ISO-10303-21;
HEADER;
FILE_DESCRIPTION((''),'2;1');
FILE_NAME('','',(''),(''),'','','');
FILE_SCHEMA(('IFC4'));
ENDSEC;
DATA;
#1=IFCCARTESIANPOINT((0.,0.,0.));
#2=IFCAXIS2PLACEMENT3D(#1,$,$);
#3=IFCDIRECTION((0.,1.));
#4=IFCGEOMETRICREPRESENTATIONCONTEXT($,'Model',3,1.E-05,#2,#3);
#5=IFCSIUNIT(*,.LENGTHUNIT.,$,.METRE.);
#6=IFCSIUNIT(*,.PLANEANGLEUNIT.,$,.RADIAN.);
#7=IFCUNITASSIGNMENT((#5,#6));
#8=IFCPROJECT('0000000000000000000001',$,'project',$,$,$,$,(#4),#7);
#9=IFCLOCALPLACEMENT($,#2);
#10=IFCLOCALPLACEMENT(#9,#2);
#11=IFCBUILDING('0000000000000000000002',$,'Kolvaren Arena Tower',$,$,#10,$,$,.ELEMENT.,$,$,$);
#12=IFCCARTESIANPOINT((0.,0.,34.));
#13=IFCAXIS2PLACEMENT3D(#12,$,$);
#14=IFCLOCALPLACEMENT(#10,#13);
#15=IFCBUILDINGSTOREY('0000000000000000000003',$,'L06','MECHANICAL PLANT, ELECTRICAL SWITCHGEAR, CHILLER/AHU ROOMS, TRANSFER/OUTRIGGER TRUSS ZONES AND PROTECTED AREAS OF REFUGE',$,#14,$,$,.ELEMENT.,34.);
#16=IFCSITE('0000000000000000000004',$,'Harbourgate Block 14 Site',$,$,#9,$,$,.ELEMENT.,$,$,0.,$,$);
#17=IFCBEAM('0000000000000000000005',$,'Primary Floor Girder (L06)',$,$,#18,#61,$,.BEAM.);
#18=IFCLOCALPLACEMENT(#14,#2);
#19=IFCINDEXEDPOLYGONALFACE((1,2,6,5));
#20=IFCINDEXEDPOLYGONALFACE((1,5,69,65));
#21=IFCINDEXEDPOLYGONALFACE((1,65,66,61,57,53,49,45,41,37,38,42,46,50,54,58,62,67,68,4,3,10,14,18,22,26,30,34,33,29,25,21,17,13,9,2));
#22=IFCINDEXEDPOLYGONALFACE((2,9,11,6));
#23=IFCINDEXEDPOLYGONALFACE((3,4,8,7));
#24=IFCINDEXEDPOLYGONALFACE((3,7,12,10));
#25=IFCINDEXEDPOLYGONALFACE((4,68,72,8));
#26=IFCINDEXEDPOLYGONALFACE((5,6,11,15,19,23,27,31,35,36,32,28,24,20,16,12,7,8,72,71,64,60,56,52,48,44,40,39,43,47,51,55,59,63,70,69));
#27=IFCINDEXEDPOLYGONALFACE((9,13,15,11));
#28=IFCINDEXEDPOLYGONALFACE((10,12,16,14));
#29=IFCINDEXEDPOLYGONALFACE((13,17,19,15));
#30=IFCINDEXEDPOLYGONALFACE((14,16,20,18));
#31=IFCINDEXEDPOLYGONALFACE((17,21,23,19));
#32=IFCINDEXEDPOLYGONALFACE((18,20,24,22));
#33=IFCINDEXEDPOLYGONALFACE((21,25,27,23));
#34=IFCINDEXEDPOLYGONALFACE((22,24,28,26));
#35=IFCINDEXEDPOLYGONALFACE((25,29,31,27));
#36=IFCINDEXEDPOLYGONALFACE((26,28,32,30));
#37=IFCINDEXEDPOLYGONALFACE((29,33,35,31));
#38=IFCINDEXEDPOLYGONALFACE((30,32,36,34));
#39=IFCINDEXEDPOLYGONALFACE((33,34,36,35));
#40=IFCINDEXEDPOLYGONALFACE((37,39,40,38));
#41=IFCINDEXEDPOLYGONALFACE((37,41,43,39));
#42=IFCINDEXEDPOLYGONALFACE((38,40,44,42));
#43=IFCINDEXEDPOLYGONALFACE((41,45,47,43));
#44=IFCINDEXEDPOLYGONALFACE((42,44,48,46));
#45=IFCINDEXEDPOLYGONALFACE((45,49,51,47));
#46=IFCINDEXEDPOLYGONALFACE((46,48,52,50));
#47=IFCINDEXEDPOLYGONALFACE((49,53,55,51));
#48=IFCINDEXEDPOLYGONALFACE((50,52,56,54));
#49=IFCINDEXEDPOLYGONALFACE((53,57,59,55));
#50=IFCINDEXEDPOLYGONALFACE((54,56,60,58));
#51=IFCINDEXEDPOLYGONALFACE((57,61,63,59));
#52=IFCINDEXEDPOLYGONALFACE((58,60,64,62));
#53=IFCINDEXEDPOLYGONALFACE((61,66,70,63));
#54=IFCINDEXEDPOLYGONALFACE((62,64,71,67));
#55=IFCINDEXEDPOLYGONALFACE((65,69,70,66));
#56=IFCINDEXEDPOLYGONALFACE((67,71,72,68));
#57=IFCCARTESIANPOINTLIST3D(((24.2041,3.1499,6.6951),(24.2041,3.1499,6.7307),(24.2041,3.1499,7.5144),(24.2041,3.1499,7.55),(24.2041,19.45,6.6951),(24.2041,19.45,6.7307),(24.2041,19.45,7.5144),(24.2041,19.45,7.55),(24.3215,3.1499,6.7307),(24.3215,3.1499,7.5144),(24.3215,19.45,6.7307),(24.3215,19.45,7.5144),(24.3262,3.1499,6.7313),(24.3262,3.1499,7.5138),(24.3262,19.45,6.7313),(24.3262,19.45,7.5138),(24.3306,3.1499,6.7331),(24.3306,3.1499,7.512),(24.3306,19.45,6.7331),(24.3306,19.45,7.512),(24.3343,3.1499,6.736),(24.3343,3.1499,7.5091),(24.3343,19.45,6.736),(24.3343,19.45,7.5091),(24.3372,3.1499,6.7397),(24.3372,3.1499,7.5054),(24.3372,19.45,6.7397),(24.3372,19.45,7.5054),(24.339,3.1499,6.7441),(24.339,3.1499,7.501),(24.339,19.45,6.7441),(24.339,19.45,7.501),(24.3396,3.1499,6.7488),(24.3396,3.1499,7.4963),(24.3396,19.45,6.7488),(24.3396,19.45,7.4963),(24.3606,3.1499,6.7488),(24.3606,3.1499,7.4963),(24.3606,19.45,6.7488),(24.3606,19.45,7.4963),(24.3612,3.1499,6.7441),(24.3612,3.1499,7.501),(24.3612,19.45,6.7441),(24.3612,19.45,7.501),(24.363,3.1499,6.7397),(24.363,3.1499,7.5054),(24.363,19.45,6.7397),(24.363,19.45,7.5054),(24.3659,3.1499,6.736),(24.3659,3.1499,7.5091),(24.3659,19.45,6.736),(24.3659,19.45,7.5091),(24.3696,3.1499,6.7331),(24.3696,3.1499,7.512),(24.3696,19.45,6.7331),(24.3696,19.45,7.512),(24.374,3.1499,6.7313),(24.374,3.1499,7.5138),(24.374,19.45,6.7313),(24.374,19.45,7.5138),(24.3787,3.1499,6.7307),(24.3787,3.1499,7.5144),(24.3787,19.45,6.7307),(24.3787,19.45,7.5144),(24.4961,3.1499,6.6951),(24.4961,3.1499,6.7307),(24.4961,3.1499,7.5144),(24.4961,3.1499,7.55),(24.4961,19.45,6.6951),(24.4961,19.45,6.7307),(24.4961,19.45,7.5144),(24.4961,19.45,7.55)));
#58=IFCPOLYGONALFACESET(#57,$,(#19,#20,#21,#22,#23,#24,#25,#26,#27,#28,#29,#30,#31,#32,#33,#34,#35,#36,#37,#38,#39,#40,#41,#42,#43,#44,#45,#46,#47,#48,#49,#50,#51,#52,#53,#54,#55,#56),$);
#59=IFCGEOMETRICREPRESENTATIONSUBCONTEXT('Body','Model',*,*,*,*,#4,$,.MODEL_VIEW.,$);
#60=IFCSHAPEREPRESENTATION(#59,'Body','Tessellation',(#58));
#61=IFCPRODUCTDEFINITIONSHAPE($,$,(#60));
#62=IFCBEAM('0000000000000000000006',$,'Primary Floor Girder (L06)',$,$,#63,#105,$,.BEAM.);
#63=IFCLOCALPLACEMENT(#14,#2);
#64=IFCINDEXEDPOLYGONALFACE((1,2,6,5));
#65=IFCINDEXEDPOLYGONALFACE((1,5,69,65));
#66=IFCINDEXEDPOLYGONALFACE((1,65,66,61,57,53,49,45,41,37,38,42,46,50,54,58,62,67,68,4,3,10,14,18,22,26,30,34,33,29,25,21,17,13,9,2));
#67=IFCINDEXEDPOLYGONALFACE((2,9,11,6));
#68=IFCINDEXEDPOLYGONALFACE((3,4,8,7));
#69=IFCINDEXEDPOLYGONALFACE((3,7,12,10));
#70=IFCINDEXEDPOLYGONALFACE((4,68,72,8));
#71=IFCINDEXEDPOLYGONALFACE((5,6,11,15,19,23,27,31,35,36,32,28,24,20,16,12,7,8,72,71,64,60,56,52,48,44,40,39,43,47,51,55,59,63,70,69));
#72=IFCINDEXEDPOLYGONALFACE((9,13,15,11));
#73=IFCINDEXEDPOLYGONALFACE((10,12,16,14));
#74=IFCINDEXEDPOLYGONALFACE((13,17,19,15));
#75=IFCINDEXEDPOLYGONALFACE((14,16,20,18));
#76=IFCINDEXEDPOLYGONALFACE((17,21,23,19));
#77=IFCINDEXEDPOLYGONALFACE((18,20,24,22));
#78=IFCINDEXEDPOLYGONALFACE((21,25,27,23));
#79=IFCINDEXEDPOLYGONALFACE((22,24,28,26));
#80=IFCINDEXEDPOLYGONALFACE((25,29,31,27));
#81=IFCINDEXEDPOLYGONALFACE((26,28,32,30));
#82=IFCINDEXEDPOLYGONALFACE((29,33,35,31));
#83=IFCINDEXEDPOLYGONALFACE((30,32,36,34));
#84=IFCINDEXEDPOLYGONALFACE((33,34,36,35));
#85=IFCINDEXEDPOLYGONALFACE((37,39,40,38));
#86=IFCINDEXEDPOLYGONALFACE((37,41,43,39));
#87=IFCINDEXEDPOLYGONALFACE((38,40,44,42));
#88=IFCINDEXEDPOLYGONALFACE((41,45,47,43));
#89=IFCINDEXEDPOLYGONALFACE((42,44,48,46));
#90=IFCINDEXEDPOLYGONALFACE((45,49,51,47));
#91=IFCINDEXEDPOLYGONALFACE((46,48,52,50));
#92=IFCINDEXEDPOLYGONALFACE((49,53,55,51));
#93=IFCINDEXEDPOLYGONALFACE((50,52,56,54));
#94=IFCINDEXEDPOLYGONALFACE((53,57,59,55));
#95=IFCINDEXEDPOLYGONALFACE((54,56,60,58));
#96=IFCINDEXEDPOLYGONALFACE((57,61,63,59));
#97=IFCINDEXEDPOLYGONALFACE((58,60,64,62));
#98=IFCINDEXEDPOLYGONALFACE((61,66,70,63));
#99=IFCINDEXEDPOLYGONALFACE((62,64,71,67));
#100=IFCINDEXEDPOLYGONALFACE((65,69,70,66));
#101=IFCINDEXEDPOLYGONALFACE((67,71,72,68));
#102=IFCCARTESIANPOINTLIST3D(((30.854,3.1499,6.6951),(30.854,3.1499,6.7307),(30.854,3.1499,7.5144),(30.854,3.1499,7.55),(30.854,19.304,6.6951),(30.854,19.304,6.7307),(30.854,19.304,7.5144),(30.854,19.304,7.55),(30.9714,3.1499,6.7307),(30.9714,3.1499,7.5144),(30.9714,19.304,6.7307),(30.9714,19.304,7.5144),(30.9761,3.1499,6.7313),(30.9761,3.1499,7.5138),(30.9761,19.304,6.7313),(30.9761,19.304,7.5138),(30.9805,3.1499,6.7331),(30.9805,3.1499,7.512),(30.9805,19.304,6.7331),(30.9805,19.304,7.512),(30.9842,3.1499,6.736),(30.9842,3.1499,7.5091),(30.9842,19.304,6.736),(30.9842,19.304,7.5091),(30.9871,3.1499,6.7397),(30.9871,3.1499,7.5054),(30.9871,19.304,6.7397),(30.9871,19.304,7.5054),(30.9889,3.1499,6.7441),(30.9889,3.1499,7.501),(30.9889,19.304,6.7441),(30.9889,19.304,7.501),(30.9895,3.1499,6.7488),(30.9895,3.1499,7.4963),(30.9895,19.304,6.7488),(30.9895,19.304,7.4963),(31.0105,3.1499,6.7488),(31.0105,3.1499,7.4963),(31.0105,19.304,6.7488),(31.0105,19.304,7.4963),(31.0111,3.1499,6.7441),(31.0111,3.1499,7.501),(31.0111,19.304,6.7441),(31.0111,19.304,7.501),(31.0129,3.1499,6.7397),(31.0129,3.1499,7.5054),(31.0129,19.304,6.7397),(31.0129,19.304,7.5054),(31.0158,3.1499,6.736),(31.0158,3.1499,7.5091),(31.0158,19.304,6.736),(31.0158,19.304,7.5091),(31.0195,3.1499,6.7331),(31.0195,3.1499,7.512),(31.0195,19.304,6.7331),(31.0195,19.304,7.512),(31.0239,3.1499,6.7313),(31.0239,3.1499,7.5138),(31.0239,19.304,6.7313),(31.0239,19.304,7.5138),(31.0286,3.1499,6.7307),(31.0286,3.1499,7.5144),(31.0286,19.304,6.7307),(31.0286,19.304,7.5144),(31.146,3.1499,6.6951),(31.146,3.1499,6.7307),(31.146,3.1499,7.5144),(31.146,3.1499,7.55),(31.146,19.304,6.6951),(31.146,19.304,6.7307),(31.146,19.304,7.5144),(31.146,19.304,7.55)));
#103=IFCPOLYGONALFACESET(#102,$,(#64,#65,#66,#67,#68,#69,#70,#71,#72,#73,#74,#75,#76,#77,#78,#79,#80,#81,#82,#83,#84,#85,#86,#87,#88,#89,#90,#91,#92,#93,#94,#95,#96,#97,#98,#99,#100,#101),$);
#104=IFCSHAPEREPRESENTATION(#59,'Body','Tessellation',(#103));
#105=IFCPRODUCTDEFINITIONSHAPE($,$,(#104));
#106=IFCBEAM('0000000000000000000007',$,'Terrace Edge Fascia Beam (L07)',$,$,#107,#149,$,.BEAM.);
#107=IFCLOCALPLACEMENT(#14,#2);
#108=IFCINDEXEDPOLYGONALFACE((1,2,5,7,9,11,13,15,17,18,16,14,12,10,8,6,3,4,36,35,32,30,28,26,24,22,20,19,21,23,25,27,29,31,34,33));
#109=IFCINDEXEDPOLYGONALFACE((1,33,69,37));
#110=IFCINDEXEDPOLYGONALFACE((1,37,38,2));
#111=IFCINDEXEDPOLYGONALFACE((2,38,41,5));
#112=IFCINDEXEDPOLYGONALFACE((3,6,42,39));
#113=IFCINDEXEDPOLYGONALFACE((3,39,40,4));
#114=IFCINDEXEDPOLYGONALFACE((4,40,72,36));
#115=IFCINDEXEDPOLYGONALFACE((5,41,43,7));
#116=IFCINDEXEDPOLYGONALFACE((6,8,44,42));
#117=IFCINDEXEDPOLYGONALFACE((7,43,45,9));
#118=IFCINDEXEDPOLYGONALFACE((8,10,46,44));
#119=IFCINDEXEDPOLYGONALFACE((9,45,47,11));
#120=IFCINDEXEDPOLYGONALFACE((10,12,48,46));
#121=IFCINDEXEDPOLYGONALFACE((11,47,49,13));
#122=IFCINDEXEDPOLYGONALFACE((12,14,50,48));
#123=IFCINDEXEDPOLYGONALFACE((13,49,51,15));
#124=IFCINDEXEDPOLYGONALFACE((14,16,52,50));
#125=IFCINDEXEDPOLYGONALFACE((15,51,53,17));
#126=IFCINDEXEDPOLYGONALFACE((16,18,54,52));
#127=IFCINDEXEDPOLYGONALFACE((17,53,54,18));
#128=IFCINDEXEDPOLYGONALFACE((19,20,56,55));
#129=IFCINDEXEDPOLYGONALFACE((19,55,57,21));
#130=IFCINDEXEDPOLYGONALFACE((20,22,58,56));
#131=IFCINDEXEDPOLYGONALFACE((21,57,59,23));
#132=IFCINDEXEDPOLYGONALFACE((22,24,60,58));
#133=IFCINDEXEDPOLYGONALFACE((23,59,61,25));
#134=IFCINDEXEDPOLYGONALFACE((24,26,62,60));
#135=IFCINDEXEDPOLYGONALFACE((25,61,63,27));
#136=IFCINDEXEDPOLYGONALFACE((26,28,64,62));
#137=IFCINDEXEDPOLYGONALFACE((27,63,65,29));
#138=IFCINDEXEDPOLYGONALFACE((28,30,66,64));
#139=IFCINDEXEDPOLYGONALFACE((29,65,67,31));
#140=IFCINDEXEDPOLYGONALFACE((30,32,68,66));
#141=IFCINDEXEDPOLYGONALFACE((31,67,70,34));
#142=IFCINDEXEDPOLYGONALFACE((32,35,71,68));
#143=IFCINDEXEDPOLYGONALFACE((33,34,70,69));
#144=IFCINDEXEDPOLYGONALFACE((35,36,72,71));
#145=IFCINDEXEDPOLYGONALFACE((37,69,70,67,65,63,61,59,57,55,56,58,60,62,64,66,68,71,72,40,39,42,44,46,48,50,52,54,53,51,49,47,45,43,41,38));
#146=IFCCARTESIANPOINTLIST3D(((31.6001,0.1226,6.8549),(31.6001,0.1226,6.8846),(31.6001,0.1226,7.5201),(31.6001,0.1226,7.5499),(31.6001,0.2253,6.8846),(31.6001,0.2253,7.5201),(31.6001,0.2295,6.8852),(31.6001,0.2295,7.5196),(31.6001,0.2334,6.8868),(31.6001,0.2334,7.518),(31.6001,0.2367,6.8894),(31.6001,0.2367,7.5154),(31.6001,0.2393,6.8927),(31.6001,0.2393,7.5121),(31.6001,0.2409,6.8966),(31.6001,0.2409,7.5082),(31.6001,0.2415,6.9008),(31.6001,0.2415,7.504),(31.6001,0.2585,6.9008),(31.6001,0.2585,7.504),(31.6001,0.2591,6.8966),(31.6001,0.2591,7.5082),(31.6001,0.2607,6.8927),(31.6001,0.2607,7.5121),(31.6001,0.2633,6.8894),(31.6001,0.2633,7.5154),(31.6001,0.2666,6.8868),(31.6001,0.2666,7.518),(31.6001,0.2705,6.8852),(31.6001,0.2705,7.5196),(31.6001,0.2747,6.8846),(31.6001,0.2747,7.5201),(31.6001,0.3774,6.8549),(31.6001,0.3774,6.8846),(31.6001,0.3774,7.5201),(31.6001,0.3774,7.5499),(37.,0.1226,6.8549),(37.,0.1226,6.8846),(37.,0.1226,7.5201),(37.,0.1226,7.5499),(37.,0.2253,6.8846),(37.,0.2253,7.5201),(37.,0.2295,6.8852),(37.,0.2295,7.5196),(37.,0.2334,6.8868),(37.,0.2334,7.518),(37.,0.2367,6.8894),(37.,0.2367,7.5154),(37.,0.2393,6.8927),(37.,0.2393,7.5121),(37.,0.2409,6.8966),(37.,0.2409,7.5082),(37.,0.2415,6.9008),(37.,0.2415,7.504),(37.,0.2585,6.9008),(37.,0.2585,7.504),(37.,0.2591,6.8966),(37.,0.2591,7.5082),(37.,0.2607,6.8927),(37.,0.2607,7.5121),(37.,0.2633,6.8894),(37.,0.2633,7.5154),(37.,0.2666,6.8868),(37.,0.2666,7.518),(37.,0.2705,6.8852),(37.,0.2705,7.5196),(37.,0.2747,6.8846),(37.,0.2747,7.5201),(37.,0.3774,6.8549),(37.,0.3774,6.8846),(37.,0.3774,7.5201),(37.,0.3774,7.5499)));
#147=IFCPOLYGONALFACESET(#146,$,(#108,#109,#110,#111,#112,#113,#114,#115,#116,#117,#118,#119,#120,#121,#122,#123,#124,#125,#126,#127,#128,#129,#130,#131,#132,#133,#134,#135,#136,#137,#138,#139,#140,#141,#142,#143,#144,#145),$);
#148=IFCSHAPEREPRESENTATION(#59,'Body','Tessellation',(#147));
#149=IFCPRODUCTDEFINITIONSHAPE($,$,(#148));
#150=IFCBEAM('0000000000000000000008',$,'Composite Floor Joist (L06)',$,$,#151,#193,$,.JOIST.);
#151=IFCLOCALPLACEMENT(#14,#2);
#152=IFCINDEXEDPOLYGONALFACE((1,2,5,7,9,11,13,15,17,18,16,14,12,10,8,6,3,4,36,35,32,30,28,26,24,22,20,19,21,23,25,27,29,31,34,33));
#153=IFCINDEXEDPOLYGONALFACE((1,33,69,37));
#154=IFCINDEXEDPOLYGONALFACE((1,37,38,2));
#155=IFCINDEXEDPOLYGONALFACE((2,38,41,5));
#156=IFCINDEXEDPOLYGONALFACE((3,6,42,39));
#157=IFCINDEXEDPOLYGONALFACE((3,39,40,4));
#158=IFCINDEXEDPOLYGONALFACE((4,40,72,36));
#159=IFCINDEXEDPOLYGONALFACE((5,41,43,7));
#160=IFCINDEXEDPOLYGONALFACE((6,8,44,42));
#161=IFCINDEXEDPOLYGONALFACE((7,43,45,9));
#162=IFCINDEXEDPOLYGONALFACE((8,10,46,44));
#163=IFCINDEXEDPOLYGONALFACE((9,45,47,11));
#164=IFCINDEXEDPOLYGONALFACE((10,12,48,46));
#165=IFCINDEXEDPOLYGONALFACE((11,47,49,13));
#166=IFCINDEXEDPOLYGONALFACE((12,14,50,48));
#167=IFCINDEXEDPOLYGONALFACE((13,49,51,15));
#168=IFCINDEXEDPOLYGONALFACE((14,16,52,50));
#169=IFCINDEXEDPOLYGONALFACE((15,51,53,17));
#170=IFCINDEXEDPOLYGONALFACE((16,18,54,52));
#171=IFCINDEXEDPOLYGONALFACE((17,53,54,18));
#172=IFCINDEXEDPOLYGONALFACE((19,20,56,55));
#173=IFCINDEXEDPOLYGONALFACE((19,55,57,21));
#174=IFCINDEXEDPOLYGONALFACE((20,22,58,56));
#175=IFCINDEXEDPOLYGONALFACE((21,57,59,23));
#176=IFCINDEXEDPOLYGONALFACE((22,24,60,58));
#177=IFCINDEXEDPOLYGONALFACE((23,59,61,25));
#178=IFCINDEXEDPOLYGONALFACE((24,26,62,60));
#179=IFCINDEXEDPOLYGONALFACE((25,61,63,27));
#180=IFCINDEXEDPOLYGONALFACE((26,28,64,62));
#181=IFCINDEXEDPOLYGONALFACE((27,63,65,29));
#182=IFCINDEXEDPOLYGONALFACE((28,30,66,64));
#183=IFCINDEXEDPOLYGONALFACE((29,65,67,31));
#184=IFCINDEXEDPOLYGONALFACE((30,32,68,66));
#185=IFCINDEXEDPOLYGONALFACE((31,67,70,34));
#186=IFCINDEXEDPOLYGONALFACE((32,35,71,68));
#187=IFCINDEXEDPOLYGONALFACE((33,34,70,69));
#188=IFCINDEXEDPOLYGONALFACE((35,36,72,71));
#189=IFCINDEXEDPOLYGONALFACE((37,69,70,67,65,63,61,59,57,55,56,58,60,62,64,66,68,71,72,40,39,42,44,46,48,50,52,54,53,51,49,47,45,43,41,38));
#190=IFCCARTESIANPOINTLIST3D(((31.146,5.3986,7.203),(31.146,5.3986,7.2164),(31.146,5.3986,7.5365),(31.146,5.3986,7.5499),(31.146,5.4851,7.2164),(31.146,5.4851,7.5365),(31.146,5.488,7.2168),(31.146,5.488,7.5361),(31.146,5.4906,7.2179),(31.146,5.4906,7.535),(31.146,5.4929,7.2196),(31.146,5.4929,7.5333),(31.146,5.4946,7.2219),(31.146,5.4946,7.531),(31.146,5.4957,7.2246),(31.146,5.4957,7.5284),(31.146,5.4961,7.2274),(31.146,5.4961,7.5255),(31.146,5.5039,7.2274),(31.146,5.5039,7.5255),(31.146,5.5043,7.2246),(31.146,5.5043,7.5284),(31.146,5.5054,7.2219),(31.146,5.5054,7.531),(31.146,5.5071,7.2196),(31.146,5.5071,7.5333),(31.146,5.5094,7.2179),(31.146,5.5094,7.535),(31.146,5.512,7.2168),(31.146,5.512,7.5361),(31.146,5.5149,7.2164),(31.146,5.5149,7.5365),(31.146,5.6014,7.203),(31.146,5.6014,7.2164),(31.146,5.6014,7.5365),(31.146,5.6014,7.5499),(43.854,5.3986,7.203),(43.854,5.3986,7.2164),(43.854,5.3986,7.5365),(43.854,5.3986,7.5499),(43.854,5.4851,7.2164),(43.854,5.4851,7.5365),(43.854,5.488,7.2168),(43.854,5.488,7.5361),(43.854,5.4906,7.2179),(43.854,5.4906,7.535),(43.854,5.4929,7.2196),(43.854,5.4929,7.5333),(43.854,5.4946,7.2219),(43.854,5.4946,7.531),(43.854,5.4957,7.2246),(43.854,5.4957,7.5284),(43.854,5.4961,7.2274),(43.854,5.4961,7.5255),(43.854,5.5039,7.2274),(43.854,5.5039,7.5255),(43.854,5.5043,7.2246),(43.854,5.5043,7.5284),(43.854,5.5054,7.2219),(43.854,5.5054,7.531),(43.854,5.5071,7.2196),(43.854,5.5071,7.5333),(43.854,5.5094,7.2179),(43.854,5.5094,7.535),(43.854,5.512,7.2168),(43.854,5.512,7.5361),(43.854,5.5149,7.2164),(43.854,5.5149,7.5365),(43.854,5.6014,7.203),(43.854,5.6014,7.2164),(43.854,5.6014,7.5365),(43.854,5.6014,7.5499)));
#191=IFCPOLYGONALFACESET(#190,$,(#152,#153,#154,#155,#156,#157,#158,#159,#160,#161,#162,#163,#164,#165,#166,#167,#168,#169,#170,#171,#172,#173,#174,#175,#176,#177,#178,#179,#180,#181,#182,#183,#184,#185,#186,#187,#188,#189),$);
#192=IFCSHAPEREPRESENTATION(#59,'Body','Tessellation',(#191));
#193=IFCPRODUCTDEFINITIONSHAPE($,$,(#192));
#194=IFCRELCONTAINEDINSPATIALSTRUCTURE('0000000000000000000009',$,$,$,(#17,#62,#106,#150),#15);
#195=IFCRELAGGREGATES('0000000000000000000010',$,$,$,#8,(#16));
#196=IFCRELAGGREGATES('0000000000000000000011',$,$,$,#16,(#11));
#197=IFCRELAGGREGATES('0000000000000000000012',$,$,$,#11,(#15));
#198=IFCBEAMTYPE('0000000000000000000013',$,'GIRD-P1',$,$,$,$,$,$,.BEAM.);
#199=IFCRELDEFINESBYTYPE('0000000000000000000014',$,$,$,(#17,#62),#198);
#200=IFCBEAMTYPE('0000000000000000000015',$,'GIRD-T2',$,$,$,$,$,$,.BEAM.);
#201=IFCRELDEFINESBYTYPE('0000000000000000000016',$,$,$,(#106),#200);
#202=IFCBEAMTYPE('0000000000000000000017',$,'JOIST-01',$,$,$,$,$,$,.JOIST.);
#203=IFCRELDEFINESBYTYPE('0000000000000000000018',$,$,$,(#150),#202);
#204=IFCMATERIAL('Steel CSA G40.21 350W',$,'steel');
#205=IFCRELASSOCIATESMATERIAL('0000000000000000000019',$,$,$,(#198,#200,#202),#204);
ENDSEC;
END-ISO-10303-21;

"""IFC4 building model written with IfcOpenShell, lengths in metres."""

from ifc_helpers import new_model, si_unit, direction, frame, origin, origin_2d, place, context, subcontext, project, spatial, i_section, extrude, material, material_profile, profile_set, type_object, element, save


model = new_model("IFC4")

# Units and contexts
model_context = context("Model", 3, precision=1e-05, world=origin(), true_north=direction((0.0, 1.0)))
body_context = subcontext(model_context, "Body", "Model", "MODEL_VIEW")
ifc_project = project(units=[si_unit("LENGTHUNIT", "METRE"), si_unit("PLANEANGLEUNIT", "RADIAN")], contexts=[model_context])

# Site, building, storey
site_placement = place(None, origin())
site = spatial("IfcSite", under=ifc_project, at=site_placement, Name="Harbourgate Block 14 Site", CompositionType="ELEMENT", RefElevation=0.0)
building_placement = place(site_placement, origin())
building = spatial("IfcBuilding", under=site, at=building_placement, Name="Kolvaren Arena Tower", CompositionType="ELEMENT")
storey_placement = place(building_placement, frame((0.0, 0.0, 34.0)))
storey = spatial("IfcBuildingStorey", under=building, at=storey_placement, Name="L06", Description="MECHANICAL PLANT, ELECTRICAL SWITCHGEAR, CHILLER/AHU ROOMS, TRANSFER/OUTRIGGER TRUSS ZONES AND PROTECTED AREAS OF REFUGE", CompositionType="ELEMENT", Elevation=34.0)

# Shared definitions
ifc_material_1 = material(Name="Steel CSA G40.21 350W", Category="steel")

# Beams
ifc_material_profile_1 = material_profile(ifc_material_1, i_section(OverallWidth=0.292, OverallDepth=0.855, WebThickness=0.021, FlangeThickness=0.0356, FilletRadius=0.0181, at=origin_2d()), Name="W840x299")
ifc_profile_set_1 = profile_set([ifc_material_profile_1], Name="Steel CSA G40.21 350W")
beam_type_1 = type_object("IfcBeamType", Name="GIRD-P1", PredefinedType="BEAM", material=ifc_profile_set_1)
beam_1_placement = place(storey_placement, frame((24.3501, 3.1499, 7.1226), z_axis=(0.0, 1.0, 0.0), x_axis=(-1.0, 0.0, 0.0)))
element("IfcBeam", 1, at=beam_1_placement, inside=storey, type_object=beam_type_1, Name="Primary Floor Girder (L06)", PredefinedType="BEAM", context=body_context, shape_type="SweptSolid", body=[
    extrude(i_section(OverallWidth=0.292, OverallDepth=0.855, WebThickness=0.021, FlangeThickness=0.0356, FilletRadius=0.0181, at=origin_2d()), origin(), (0.0, 0.0, 1.0), 16.3),
])
beam_2_placement = place(storey_placement, frame((31.0, 3.1499, 7.1226), z_axis=(0.0, 1.0, 0.0), x_axis=(-1.0, 0.0, 0.0)))
element("IfcBeam", 2, at=beam_2_placement, inside=storey, type_object=beam_type_1, Name="Primary Floor Girder (L06)", PredefinedType="BEAM", context=body_context, shape_type="SweptSolid", body=[
    extrude(i_section(OverallWidth=0.292, OverallDepth=0.855, WebThickness=0.021, FlangeThickness=0.0356, FilletRadius=0.0181, at=origin_2d()), origin(), (0.0, 0.0, 1.0), 16.1541),
])
ifc_material_profile_2 = material_profile(ifc_material_1, i_section(OverallWidth=0.2549, OverallDepth=0.6951, WebThickness=0.0171, FlangeThickness=0.0298, FilletRadius=0.0161, at=origin_2d()), Name="W690x217")
ifc_profile_set_2 = profile_set([ifc_material_profile_2], Name="Steel CSA G40.21 350W")
beam_type_2 = type_object("IfcBeamType", Name="GIRD-T2", PredefinedType="BEAM", material=ifc_profile_set_2)
beam_3_placement = place(storey_placement, frame((31.6001, 0.25, 7.2024), z_axis=(1.0, 0.0, 0.0), x_axis=(0.0, 1.0, 0.0)))
element("IfcBeam", 3, at=beam_3_placement, inside=storey, type_object=beam_type_2, Name="Terrace Edge Fascia Beam (L07)", PredefinedType="BEAM", context=body_context, shape_type="SweptSolid", body=[
    extrude(i_section(OverallWidth=0.2549, OverallDepth=0.6951, WebThickness=0.0171, FlangeThickness=0.0298, FilletRadius=0.0161, at=origin_2d()), origin(), (0.0, 0.0, 1.0), 5.3999),
])
ifc_material_profile_3 = material_profile(ifc_material_1, i_section(OverallWidth=0.2029, OverallDepth=0.3469, WebThickness=0.0078, FlangeThickness=0.0134, FilletRadius=0.011, at=origin_2d()), Name="W360x64")
ifc_profile_set_3 = profile_set([ifc_material_profile_3], Name="Steel CSA G40.21 350W")
beam_type_3 = type_object("IfcBeamType", Name="JOIST-01", PredefinedType="JOIST", material=ifc_profile_set_3)
beam_4_placement = place(storey_placement, frame((31.146, 5.5, 7.3765), z_axis=(1.0, 0.0, 0.0), x_axis=(0.0, 1.0, 0.0)))
element("IfcBeam", 4, at=beam_4_placement, inside=storey, type_object=beam_type_3, Name="Composite Floor Joist (L06)", PredefinedType="JOIST", context=body_context, shape_type="SweptSolid", body=[
    extrude(i_section(OverallWidth=0.2029, OverallDepth=0.3469, WebThickness=0.0078, FlangeThickness=0.0134, FilletRadius=0.011, at=origin_2d()), origin(), (0.0, 0.0, 1.0), 12.708),
])

save(model, "model.ifc")
